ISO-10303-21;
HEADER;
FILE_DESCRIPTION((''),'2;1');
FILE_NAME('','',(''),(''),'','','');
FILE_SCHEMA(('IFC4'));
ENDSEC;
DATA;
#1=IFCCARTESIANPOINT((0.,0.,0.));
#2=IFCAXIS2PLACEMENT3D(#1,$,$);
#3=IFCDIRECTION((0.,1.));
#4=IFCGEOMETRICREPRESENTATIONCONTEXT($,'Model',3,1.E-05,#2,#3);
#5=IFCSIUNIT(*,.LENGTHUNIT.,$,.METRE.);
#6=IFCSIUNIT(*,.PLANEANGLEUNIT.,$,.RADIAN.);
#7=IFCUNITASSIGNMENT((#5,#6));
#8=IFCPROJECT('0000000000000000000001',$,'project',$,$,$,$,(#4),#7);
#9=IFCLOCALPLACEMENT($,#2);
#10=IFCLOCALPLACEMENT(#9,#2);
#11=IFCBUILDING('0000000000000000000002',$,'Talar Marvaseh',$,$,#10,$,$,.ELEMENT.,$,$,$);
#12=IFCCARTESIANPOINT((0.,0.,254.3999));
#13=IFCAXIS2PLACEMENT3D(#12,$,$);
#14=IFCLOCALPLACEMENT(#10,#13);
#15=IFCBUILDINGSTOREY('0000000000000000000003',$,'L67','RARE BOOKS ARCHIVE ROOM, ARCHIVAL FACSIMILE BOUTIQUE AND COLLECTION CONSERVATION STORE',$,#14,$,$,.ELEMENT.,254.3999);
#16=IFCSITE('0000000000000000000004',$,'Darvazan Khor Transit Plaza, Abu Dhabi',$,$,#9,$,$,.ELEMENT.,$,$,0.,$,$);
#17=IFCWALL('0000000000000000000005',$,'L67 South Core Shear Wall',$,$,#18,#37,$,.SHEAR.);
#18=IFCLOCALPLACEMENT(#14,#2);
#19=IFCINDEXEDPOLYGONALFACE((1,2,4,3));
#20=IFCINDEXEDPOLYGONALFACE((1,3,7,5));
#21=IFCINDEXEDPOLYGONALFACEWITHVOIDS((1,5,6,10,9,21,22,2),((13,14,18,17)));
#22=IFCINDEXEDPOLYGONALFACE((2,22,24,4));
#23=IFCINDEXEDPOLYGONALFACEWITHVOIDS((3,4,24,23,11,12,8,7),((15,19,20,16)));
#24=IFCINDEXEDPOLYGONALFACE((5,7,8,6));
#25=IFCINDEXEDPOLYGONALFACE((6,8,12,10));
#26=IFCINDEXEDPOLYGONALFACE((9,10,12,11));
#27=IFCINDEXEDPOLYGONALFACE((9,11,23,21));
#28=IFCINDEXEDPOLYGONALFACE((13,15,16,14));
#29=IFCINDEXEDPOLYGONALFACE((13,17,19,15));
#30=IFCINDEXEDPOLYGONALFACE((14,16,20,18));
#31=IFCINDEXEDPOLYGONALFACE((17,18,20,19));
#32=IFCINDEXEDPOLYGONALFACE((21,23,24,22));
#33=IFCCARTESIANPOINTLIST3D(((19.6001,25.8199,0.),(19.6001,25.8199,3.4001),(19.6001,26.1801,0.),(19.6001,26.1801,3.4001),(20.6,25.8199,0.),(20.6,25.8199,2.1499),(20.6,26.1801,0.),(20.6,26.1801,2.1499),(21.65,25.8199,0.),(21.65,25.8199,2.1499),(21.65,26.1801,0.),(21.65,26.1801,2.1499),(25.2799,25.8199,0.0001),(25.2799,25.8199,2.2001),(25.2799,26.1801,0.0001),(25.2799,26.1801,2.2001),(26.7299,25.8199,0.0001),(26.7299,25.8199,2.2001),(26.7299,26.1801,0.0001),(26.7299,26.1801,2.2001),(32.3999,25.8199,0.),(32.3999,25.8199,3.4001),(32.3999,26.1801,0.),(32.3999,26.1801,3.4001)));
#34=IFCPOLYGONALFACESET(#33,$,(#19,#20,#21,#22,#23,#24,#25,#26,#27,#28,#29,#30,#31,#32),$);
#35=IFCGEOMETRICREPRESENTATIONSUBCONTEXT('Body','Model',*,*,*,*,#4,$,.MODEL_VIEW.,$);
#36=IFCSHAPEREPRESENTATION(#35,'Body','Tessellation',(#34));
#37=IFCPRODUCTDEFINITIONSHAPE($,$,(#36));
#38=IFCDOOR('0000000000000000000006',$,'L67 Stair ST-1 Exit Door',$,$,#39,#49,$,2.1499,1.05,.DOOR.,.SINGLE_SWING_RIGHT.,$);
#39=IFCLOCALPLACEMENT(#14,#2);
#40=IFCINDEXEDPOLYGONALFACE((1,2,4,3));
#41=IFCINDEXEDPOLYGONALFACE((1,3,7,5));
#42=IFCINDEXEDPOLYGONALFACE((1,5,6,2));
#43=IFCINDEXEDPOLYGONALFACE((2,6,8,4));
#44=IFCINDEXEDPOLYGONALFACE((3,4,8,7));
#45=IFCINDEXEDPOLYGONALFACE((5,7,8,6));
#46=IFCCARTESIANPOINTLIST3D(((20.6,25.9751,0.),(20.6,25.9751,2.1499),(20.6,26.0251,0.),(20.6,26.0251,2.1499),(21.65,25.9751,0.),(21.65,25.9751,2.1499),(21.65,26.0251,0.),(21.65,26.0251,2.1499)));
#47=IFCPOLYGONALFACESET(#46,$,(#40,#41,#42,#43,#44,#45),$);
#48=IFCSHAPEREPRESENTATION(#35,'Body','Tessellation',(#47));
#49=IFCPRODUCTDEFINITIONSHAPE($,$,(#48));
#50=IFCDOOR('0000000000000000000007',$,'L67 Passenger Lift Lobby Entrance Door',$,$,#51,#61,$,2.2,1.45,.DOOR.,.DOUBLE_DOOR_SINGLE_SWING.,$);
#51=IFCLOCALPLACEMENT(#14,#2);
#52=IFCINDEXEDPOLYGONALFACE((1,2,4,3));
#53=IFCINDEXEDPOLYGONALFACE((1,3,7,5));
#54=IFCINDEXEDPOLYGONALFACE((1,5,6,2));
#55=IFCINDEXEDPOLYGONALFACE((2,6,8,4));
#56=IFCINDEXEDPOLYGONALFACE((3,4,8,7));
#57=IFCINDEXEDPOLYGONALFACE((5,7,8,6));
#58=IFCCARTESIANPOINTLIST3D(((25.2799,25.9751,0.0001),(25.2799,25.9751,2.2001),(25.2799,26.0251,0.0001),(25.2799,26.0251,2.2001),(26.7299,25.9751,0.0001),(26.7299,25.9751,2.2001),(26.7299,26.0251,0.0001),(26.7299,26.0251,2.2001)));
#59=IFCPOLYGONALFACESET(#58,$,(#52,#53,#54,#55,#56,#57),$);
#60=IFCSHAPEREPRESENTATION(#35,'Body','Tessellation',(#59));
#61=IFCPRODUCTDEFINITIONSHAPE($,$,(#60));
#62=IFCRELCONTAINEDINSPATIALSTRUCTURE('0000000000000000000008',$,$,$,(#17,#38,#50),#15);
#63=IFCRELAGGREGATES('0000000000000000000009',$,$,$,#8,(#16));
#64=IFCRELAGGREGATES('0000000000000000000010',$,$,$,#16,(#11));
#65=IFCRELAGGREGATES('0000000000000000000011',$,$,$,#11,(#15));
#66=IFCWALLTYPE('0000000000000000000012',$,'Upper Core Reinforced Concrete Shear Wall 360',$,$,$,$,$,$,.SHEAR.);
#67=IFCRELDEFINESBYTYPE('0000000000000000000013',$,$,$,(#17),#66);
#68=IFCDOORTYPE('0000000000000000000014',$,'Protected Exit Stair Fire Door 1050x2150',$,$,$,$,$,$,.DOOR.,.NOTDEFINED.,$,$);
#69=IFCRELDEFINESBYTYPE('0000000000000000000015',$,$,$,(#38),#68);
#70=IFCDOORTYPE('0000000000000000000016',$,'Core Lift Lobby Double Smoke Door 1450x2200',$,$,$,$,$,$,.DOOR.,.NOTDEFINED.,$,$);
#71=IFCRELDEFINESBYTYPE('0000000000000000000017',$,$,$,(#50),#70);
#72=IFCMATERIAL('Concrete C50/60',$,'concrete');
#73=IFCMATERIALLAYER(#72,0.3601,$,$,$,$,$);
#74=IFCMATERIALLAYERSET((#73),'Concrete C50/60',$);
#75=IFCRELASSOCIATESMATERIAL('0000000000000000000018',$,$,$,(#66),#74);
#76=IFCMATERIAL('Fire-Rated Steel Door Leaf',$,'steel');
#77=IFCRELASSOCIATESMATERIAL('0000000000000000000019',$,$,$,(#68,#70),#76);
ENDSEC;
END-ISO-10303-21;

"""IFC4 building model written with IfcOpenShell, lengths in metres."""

from ifc_helpers import new_model, si_unit, direction, frame, frame_2d, origin, place, context, subcontext, project, spatial, rectangle, extrude, source, transform, mapped, material, layer, layer_set, type_object, type_shapes, element, fill, save


model = new_model("IFC4")

# Units and contexts
model_context = context("Model", 3, precision=1e-05, world=origin(), true_north=direction((0.0, 1.0)))
body_context = subcontext(model_context, "Body", "Model", "MODEL_VIEW")
ifc_project = project(units=[si_unit("LENGTHUNIT", "METRE"), si_unit("PLANEANGLEUNIT", "RADIAN")], contexts=[model_context])

# Site, building, storey
site_placement = place(None, origin())
site = spatial("IfcSite", under=ifc_project, at=site_placement, Name="Darvazan Khor Transit Plaza, Abu Dhabi", CompositionType="ELEMENT", RefElevation=0.0)
building_placement = place(site_placement, origin())
building = spatial("IfcBuilding", under=site, at=building_placement, Name="Talar Marvaseh", CompositionType="ELEMENT")
storey_placement = place(building_placement, frame((0.0, 0.0, 254.3999)))
storey = spatial("IfcBuildingStorey", under=building, at=storey_placement, Name="L67", Description="RARE BOOKS ARCHIVE ROOM, ARCHIVAL FACSIMILE BOUTIQUE AND COLLECTION CONSERVATION STORE", CompositionType="ELEMENT", Elevation=254.3999)

# Shared definitions
ifc_material_1 = material(Name="Concrete C50/60", Category="concrete")

# Wall, openings, doors
ifc_layer_1 = layer(ifc_material_1, 0.3601)
ifc_layer_set_1 = layer_set([ifc_layer_1], Name="Concrete C50/60")
wall_type_1 = type_object("IfcWallType", Name="Upper Core Reinforced Concrete Shear Wall 360", PredefinedType="SHEAR", material=ifc_layer_set_1)
wall_1_placement = place(storey_placement, frame((32.3999, 26.0, 0.0), z_axis=(0.0, 0.0, 1.0), x_axis=(-1.0, 0.0, 0.0)))
wall_1 = element("IfcWall", 1, at=wall_1_placement, inside=storey, type_object=wall_type_1, Name="L67 South Core Shear Wall", PredefinedType="SHEAR", context=body_context, shape_type="SweptSolid", body=[
    extrude(rectangle(XDim=12.7998, YDim=0.3601, at=frame_2d((6.3999, 0.0))), origin(), (0.0, 0.0, 1.0), 3.4001),
])
opening_1_placement = place(wall_1_placement, frame((10.75, 0.0, 0.0)))
opening_1 = element("IfcOpeningElement", 2, at=opening_1_placement, cuts=wall_1, PredefinedType="OPENING", context=body_context, shape_type="SweptSolid", body=[
    extrude(rectangle(XDim=1.05, YDim=2.1499, at=frame_2d((0.5249, 1.075))), frame((0.0, 0.1899, 0.0), z_axis=(0.0, -1.0, 0.0), x_axis=(1.0, 0.0, 0.0)), (0.0, 0.0, 1.0), 0.3801),
])
opening_2_placement = place(wall_1_placement, frame((5.6699, 0.0, 0.0)))
opening_2 = element("IfcOpeningElement", 3, at=opening_2_placement, cuts=wall_1, PredefinedType="OPENING", context=body_context, shape_type="SweptSolid", body=[
    extrude(rectangle(XDim=1.45, YDim=2.2, at=frame_2d((0.7251, 1.1001))), frame((0.0, 0.1899, 0.0), z_axis=(0.0, -1.0, 0.0), x_axis=(1.0, 0.0, 0.0)), (0.0, 0.0, 1.0), 0.3801),
])
ifc_material_2 = material(Name="Fire-Rated Steel Door Leaf", Category="steel")
door_type_1 = type_object("IfcDoorType", Name="Protected Exit Stair Fire Door 1050x2150", OperationType="NOTDEFINED", PredefinedType="DOOR", material=ifc_material_2)
shared_shape_1 = source(origin(), body_context, "Body", "SweptSolid", [
    extrude(rectangle(XDim=1.05, YDim=2.1499, at=frame_2d((0.5249, 1.075))), frame((0.0, 0.0249, 0.0), z_axis=(0.0, -1.0, 0.0), x_axis=(1.0, 0.0, 0.0)), (0.0, 0.0, 1.0), 0.05),
])
type_shapes(door_type_1, [shared_shape_1])
door_1_placement = place(opening_1_placement, origin())
door_1 = element("IfcDoor", 4, at=door_1_placement, inside=storey, type_object=door_type_1, Name="L67 Stair ST-1 Exit Door", OperationType="SINGLE_SWING_RIGHT", OverallHeight=2.1499, OverallWidth=1.05, PredefinedType="DOOR", context=body_context, shape_type="MappedRepresentation", body=[
    mapped(shared_shape_1, transform((0.0, 0.0, 0.0), x_axis=(1.0, 0.0, 0.0), y_axis=(0.0, 1.0, 0.0), z_axis=(0.0, 0.0, 1.0), scale=1.0)),
])
fill(opening_1, door_1)
door_type_2 = type_object("IfcDoorType", Name="Core Lift Lobby Double Smoke Door 1450x2200", OperationType="NOTDEFINED", PredefinedType="DOOR", material=ifc_material_2)
shared_shape_2 = source(origin(), body_context, "Body", "SweptSolid", [
    extrude(rectangle(XDim=1.45, YDim=2.2, at=frame_2d((0.7251, 1.1001))), frame((0.0, 0.0249, 0.0), z_axis=(0.0, -1.0, 0.0), x_axis=(1.0, 0.0, 0.0)), (0.0, 0.0, 1.0), 0.05),
])
type_shapes(door_type_2, [shared_shape_2])
door_2_placement = place(opening_2_placement, origin())
door_2 = element("IfcDoor", 5, at=door_2_placement, inside=storey, type_object=door_type_2, Name="L67 Passenger Lift Lobby Entrance Door", OperationType="DOUBLE_DOOR_SINGLE_SWING", OverallHeight=2.2, OverallWidth=1.45, PredefinedType="DOOR", context=body_context, shape_type="MappedRepresentation", body=[
    mapped(shared_shape_2, transform((0.0, 0.0, 0.0), x_axis=(1.0, 0.0, 0.0), y_axis=(0.0, 1.0, 0.0), z_axis=(0.0, 0.0, 1.0), scale=1.0)),
])
fill(opening_2, door_2)

save(model, "model.ifc")
